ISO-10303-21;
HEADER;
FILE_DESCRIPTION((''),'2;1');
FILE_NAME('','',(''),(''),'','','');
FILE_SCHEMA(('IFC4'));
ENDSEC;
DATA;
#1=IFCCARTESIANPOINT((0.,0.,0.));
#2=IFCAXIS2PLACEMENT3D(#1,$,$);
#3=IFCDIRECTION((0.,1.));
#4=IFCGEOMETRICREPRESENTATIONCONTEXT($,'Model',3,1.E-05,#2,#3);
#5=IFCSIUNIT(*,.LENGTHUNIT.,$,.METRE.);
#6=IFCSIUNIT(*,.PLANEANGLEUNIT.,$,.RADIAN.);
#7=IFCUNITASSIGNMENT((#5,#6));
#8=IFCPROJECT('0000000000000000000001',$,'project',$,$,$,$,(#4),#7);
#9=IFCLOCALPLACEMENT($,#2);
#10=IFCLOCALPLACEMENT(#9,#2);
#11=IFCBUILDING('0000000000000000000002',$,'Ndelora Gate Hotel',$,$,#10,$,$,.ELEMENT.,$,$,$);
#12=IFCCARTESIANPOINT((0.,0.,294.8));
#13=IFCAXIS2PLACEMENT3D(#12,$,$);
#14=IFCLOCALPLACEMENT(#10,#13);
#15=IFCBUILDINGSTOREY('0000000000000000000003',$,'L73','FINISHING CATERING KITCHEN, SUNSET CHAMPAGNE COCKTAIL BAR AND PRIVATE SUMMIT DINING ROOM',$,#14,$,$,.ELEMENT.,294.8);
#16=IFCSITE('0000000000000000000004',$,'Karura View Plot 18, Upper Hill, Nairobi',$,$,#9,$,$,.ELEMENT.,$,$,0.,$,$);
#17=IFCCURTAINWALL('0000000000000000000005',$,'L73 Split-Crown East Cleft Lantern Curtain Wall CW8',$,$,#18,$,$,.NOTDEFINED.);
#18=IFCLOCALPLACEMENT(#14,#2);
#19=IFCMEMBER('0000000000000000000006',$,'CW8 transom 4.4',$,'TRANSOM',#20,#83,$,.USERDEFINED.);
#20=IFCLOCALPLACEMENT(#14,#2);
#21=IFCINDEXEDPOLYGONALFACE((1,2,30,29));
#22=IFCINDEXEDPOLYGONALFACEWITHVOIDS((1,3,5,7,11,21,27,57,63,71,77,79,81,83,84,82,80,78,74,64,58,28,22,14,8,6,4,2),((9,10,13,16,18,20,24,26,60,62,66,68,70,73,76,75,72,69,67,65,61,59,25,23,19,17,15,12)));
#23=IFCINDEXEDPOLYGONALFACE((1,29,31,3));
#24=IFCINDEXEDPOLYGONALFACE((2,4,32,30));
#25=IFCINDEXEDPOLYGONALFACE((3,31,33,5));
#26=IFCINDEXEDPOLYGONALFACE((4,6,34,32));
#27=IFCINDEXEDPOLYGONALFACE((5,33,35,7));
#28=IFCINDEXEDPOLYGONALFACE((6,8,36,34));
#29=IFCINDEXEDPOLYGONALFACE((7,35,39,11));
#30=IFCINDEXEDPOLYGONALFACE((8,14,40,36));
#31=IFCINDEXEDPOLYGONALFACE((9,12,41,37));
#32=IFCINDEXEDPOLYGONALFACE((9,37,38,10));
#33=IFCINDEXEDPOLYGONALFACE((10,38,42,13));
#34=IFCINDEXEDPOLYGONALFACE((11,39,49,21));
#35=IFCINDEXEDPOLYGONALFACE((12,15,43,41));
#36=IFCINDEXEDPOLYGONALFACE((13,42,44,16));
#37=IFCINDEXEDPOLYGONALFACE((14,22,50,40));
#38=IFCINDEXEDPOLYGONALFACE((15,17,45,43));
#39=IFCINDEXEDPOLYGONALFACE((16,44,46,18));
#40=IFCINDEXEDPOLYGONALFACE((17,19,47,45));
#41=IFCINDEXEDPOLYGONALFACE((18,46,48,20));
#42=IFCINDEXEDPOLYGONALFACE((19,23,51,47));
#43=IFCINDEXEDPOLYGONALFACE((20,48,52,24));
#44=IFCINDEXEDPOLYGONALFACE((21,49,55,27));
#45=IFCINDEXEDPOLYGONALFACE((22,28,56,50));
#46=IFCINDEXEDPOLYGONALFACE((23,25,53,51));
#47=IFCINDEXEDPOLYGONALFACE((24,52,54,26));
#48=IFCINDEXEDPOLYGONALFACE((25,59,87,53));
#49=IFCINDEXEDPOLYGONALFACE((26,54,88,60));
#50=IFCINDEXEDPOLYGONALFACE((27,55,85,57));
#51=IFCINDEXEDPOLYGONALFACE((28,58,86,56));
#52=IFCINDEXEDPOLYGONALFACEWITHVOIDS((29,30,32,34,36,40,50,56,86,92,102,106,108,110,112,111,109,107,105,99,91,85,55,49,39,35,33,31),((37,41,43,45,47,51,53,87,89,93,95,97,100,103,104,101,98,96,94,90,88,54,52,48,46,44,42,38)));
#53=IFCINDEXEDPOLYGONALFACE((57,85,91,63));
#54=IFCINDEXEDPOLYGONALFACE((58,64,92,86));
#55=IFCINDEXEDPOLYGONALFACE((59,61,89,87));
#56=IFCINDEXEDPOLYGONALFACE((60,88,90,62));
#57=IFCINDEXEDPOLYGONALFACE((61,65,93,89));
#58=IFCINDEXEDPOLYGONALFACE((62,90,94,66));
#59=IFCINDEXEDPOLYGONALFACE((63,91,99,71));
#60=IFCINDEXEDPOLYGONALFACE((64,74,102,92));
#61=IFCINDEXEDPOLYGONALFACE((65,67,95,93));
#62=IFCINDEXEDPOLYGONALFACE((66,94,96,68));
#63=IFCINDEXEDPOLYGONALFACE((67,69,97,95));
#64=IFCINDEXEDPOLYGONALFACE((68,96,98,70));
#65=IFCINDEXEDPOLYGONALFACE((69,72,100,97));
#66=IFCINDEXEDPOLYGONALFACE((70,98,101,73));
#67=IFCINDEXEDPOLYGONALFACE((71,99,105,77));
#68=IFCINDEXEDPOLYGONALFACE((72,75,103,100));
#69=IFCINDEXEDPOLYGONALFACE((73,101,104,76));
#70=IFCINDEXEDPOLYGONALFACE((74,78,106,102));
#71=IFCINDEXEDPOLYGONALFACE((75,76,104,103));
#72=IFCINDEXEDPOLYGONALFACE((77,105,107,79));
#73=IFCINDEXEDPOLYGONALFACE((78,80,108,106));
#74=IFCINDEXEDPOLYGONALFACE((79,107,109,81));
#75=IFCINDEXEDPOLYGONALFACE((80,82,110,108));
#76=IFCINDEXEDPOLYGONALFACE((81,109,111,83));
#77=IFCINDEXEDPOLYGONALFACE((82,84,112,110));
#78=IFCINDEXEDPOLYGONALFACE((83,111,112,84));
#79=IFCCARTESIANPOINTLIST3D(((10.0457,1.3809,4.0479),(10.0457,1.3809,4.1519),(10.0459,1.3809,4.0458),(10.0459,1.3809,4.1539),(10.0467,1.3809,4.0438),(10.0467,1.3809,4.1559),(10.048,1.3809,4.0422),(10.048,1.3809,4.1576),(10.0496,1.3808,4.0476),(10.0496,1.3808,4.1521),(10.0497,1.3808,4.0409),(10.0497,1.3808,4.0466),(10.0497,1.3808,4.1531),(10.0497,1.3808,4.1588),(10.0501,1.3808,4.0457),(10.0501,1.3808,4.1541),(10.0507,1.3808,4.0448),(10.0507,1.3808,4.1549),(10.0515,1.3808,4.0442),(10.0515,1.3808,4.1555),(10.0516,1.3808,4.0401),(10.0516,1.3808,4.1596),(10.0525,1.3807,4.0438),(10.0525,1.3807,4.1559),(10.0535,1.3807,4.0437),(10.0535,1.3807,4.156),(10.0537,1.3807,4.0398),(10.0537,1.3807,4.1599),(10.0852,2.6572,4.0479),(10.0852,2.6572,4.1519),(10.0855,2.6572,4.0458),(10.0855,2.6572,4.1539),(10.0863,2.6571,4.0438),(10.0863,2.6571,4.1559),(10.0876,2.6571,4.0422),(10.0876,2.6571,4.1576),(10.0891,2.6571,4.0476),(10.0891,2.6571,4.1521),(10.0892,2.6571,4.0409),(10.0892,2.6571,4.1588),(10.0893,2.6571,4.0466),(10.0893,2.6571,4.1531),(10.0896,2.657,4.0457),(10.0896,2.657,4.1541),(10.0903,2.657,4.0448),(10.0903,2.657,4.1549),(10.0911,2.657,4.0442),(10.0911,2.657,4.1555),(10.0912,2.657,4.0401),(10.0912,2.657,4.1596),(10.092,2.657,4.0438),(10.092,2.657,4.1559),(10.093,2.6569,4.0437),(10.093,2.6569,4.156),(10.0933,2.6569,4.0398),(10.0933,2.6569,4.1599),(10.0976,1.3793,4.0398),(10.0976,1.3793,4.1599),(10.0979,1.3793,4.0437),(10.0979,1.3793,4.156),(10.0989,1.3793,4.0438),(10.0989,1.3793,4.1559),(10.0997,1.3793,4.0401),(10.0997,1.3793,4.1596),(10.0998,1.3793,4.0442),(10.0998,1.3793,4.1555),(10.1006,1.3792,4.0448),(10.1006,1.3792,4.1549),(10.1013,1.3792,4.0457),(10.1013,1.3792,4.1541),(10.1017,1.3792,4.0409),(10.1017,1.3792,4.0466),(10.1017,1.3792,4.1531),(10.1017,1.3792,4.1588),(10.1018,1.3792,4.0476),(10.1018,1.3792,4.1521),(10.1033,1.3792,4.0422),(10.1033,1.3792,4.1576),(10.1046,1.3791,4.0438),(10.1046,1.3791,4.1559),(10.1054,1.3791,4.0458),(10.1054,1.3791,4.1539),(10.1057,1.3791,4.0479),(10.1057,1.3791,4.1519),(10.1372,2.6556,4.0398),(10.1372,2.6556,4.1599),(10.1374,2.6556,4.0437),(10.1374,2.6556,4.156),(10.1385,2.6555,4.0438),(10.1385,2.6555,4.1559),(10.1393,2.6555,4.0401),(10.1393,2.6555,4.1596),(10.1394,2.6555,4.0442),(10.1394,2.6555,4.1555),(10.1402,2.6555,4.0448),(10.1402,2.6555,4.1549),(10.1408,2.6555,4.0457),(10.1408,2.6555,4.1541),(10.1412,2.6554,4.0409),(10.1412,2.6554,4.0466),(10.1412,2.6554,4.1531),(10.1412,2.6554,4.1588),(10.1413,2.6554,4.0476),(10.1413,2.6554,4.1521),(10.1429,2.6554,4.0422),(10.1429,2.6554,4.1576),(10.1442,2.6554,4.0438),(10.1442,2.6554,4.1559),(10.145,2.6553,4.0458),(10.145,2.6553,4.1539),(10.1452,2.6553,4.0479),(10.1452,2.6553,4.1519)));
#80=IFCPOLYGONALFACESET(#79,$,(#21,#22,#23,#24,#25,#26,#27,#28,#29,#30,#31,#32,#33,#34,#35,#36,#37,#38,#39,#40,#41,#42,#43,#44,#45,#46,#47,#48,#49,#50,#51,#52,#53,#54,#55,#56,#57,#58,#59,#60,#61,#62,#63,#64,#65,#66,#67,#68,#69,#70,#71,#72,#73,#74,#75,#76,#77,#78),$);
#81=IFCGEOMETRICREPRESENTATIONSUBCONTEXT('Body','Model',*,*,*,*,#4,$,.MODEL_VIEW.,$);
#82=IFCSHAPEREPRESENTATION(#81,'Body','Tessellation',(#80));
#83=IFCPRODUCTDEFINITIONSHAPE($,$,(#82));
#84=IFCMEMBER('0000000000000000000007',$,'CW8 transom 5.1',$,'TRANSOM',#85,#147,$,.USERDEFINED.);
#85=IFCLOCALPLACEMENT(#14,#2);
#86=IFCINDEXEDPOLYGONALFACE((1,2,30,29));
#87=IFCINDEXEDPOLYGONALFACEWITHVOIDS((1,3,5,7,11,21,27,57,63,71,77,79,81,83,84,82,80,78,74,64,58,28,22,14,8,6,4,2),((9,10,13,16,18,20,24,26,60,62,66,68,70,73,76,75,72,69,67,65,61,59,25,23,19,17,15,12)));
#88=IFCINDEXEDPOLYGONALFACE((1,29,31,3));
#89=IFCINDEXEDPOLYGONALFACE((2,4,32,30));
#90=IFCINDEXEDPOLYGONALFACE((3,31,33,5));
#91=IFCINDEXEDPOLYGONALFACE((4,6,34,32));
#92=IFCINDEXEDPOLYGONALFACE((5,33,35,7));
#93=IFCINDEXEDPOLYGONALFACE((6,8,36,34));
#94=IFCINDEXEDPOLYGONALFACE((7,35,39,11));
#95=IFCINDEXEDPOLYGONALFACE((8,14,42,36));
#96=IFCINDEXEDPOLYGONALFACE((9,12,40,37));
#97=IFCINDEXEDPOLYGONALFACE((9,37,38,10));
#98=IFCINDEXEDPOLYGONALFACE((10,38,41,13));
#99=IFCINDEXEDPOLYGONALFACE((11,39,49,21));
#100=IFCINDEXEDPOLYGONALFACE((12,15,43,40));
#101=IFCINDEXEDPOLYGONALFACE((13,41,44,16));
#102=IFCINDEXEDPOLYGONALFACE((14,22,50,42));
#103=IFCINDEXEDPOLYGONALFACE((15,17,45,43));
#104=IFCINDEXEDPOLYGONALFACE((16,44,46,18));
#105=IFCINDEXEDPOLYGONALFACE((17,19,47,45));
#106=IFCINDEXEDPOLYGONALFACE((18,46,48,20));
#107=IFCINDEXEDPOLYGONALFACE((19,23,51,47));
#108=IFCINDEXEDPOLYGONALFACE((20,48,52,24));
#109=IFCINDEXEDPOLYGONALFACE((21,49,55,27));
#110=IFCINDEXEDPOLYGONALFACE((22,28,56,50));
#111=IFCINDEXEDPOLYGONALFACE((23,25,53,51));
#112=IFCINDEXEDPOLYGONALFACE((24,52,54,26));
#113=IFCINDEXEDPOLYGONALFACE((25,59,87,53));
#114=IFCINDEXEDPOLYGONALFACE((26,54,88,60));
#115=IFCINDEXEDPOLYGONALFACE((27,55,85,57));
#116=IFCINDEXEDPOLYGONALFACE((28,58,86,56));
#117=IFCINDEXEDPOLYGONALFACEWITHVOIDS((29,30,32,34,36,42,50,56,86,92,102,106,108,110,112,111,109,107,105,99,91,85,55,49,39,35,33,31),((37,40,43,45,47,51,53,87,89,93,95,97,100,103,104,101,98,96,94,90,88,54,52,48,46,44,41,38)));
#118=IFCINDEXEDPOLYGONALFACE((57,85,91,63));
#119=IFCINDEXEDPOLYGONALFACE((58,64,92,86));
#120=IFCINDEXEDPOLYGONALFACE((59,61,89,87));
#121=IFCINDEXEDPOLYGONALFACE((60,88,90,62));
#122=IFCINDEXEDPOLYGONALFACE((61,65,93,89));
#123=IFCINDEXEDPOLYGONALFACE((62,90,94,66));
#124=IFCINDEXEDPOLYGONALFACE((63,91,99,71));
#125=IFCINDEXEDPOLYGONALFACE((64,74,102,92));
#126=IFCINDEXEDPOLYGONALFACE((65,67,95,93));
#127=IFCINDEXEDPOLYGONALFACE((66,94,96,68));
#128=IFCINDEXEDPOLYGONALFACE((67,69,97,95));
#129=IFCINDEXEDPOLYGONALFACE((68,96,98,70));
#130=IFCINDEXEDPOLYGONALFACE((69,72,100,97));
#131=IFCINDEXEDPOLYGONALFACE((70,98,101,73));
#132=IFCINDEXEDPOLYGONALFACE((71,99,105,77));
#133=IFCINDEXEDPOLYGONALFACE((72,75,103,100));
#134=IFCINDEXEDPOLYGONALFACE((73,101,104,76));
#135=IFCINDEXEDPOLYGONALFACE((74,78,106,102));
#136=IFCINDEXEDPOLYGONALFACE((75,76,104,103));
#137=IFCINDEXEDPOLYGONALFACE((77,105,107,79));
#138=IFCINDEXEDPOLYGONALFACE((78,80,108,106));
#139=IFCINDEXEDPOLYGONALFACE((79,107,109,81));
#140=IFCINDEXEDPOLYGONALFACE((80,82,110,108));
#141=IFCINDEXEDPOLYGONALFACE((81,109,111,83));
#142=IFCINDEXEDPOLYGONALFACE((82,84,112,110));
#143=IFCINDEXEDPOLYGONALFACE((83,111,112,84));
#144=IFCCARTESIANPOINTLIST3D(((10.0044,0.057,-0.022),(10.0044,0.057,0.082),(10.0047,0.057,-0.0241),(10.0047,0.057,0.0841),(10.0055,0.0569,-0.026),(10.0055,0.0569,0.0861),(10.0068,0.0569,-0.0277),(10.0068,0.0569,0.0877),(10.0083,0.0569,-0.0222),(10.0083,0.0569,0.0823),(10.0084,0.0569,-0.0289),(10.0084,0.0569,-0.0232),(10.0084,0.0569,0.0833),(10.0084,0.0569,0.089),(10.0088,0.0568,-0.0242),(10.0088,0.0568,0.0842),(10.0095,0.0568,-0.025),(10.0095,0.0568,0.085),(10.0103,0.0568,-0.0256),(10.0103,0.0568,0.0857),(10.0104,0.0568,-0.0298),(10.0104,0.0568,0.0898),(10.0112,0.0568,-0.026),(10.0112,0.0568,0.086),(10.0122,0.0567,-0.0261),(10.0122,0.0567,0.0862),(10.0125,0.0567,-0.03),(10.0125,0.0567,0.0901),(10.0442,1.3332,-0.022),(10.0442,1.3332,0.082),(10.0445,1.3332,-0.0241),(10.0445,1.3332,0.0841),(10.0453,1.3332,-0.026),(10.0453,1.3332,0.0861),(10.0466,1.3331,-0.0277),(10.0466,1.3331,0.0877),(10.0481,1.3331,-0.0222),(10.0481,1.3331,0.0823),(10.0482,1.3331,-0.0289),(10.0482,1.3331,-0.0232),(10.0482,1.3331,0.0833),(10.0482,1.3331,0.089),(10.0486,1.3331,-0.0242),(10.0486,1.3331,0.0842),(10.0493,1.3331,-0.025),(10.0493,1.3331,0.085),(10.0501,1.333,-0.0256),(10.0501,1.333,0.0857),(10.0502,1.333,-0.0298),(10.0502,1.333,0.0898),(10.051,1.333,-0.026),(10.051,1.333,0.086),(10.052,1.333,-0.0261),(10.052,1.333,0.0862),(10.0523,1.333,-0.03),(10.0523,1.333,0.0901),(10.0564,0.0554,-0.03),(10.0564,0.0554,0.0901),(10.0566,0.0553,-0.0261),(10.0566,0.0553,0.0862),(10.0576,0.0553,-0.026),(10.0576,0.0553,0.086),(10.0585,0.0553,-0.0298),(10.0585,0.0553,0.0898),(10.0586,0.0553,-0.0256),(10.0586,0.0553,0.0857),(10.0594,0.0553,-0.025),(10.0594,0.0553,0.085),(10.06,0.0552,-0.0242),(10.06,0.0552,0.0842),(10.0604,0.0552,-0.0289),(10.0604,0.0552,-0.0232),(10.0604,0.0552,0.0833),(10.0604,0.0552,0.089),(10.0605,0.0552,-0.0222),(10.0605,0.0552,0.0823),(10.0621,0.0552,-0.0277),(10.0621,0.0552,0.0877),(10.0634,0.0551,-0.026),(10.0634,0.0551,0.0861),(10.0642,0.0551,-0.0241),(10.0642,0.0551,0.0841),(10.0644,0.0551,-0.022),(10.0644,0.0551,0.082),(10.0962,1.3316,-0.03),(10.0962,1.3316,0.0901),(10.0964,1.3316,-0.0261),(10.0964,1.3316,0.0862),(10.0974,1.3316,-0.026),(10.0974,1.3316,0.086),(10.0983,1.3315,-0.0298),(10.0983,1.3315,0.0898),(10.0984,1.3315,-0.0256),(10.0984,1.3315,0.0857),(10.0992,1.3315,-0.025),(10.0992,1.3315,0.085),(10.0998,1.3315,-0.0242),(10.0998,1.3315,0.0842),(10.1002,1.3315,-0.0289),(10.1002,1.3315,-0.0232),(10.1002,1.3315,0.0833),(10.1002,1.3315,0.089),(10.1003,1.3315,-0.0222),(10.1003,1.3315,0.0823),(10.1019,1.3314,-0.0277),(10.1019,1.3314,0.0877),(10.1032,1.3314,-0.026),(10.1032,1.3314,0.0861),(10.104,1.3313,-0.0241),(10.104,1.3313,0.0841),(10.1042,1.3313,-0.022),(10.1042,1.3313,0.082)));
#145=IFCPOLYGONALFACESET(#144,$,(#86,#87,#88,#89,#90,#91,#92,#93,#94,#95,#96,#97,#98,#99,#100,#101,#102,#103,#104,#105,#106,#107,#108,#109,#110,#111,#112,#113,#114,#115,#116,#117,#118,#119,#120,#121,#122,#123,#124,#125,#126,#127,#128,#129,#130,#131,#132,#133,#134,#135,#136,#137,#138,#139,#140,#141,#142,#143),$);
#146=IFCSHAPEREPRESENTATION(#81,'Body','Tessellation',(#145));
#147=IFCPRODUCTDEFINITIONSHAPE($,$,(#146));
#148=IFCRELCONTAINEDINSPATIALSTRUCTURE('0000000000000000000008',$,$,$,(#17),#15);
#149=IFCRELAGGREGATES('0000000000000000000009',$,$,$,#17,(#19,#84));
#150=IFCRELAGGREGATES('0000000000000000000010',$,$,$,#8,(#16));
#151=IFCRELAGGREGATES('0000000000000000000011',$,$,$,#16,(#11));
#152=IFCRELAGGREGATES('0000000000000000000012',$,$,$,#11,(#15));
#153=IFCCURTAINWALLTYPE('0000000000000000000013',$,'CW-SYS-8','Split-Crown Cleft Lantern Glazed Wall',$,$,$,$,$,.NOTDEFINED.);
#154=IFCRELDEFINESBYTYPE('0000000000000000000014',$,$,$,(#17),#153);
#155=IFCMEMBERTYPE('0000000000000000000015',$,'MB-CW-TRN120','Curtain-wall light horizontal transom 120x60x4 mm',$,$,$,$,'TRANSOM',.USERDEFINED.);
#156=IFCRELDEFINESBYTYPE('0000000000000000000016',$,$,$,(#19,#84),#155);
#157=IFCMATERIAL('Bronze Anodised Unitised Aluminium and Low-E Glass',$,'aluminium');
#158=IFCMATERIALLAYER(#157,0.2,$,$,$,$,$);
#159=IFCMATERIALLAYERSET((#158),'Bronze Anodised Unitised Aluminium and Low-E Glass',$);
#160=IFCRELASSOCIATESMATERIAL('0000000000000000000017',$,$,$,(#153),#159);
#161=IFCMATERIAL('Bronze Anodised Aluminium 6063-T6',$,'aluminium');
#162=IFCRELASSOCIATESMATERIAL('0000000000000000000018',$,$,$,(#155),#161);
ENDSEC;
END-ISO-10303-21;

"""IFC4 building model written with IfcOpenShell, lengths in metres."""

from ifc_helpers import new_model, si_unit, direction, frame, origin, origin_2d, place, context, subcontext, project, spatial, hollow_rectangle, extrude, material, layer, layer_set, material_profile, profile_set, type_object, element, aggregate, save


model = new_model("IFC4")

# Units and contexts
model_context = context("Model", 3, precision=1e-05, world=origin(), true_north=direction((0.0, 1.0)))
body_context = subcontext(model_context, "Body", "Model", "MODEL_VIEW")
ifc_project = project(units=[si_unit("LENGTHUNIT", "METRE"), si_unit("PLANEANGLEUNIT", "RADIAN")], contexts=[model_context])

# Site, building, storey
site_placement = place(None, origin())
site = spatial("IfcSite", under=ifc_project, at=site_placement, Name="Karura View Plot 18, Upper Hill, Nairobi", CompositionType="ELEMENT", RefElevation=0.0)
building_placement = place(site_placement, origin())
building = spatial("IfcBuilding", under=site, at=building_placement, Name="Ndelora Gate Hotel", CompositionType="ELEMENT")
storey_placement = place(building_placement, frame((0.0, 0.0, 294.8)))
storey = spatial("IfcBuildingStorey", under=building, at=storey_placement, Name="L73", Description="FINISHING CATERING KITCHEN, SUNSET CHAMPAGNE COCKTAIL BAR AND PRIVATE SUMMIT DINING ROOM", CompositionType="ELEMENT", Elevation=294.8)

# Curtain wall, members
ifc_material_1 = material(Name="Bronze Anodised Unitised Aluminium and Low-E Glass", Category="aluminium")
ifc_layer_1 = layer(ifc_material_1, 0.2)
ifc_layer_set_1 = layer_set([ifc_layer_1], Name="Bronze Anodised Unitised Aluminium and Low-E Glass")
curtain_wall_type = type_object("IfcCurtainWallType", Name="CW-SYS-8", Description="Split-Crown Cleft Lantern Glazed Wall", PredefinedType="NOTDEFINED", material=ifc_layer_set_1)
curtain_wall_placement = place(storey_placement, origin())
curtain_wall = element("IfcCurtainWall", 1, at=curtain_wall_placement, inside=storey, type_object=curtain_wall_type, Name="L73 Split-Crown East Cleft Lantern Curtain Wall CW8", PredefinedType="NOTDEFINED")
ifc_material_2 = material(Name="Bronze Anodised Aluminium 6063-T6", Category="aluminium")
ifc_material_profile_1 = material_profile(ifc_material_2, hollow_rectangle(XDim=0.0601, YDim=0.1201, WallThickness=0.0039, InnerFilletRadius=0.0039, OuterFilletRadius=0.0081, at=origin_2d()), Name="ALU 120x60x4")
ifc_profile_set_1 = profile_set([ifc_material_profile_1], Name="Bronze Anodised Aluminium 6063-T6")
member_type_1 = type_object("IfcMemberType", Name="MB-CW-TRN120", Description="Curtain-wall light horizontal transom 120x60x4 mm", ElementType="TRANSOM", PredefinedType="USERDEFINED", material=ifc_profile_set_1)
member_1_placement = place(storey_placement, frame((10.1152, 2.6562, 4.0999), z_axis=(-0.030978, -0.99952, 0.0), x_axis=(0.99952, -0.030978, 0.0)))
member_1 = element("IfcMember", 2, at=member_1_placement, type_object=member_type_1, Name="CW8 transom 4.4", ObjectType="TRANSOM", PredefinedType="USERDEFINED", context=body_context, shape_type="SweptSolid", body=[
    extrude(hollow_rectangle(XDim=0.0601, YDim=0.1201, WallThickness=0.0039, InnerFilletRadius=0.0039, OuterFilletRadius=0.0081, at=origin_2d()), origin(), (0.0, 0.0, 1.0), 1.2769),
])
member_2_placement = place(storey_placement, frame((10.0742, 1.3323, 0.03), z_axis=(-0.031169, -0.999514, 0.0), x_axis=(0.999514, -0.031169, 0.0)))
member_2 = element("IfcMember", 3, at=member_2_placement, type_object=member_type_1, Name="CW8 transom 5.1", ObjectType="TRANSOM", PredefinedType="USERDEFINED", context=body_context, shape_type="SweptSolid", body=[
    extrude(hollow_rectangle(XDim=0.0601, YDim=0.1201, WallThickness=0.0039, InnerFilletRadius=0.0039, OuterFilletRadius=0.0081, at=origin_2d()), origin(), (0.0, 0.0, 1.0), 1.2769),
])
aggregate(curtain_wall, [member_1, member_2])

save(model, "model.ifc")
